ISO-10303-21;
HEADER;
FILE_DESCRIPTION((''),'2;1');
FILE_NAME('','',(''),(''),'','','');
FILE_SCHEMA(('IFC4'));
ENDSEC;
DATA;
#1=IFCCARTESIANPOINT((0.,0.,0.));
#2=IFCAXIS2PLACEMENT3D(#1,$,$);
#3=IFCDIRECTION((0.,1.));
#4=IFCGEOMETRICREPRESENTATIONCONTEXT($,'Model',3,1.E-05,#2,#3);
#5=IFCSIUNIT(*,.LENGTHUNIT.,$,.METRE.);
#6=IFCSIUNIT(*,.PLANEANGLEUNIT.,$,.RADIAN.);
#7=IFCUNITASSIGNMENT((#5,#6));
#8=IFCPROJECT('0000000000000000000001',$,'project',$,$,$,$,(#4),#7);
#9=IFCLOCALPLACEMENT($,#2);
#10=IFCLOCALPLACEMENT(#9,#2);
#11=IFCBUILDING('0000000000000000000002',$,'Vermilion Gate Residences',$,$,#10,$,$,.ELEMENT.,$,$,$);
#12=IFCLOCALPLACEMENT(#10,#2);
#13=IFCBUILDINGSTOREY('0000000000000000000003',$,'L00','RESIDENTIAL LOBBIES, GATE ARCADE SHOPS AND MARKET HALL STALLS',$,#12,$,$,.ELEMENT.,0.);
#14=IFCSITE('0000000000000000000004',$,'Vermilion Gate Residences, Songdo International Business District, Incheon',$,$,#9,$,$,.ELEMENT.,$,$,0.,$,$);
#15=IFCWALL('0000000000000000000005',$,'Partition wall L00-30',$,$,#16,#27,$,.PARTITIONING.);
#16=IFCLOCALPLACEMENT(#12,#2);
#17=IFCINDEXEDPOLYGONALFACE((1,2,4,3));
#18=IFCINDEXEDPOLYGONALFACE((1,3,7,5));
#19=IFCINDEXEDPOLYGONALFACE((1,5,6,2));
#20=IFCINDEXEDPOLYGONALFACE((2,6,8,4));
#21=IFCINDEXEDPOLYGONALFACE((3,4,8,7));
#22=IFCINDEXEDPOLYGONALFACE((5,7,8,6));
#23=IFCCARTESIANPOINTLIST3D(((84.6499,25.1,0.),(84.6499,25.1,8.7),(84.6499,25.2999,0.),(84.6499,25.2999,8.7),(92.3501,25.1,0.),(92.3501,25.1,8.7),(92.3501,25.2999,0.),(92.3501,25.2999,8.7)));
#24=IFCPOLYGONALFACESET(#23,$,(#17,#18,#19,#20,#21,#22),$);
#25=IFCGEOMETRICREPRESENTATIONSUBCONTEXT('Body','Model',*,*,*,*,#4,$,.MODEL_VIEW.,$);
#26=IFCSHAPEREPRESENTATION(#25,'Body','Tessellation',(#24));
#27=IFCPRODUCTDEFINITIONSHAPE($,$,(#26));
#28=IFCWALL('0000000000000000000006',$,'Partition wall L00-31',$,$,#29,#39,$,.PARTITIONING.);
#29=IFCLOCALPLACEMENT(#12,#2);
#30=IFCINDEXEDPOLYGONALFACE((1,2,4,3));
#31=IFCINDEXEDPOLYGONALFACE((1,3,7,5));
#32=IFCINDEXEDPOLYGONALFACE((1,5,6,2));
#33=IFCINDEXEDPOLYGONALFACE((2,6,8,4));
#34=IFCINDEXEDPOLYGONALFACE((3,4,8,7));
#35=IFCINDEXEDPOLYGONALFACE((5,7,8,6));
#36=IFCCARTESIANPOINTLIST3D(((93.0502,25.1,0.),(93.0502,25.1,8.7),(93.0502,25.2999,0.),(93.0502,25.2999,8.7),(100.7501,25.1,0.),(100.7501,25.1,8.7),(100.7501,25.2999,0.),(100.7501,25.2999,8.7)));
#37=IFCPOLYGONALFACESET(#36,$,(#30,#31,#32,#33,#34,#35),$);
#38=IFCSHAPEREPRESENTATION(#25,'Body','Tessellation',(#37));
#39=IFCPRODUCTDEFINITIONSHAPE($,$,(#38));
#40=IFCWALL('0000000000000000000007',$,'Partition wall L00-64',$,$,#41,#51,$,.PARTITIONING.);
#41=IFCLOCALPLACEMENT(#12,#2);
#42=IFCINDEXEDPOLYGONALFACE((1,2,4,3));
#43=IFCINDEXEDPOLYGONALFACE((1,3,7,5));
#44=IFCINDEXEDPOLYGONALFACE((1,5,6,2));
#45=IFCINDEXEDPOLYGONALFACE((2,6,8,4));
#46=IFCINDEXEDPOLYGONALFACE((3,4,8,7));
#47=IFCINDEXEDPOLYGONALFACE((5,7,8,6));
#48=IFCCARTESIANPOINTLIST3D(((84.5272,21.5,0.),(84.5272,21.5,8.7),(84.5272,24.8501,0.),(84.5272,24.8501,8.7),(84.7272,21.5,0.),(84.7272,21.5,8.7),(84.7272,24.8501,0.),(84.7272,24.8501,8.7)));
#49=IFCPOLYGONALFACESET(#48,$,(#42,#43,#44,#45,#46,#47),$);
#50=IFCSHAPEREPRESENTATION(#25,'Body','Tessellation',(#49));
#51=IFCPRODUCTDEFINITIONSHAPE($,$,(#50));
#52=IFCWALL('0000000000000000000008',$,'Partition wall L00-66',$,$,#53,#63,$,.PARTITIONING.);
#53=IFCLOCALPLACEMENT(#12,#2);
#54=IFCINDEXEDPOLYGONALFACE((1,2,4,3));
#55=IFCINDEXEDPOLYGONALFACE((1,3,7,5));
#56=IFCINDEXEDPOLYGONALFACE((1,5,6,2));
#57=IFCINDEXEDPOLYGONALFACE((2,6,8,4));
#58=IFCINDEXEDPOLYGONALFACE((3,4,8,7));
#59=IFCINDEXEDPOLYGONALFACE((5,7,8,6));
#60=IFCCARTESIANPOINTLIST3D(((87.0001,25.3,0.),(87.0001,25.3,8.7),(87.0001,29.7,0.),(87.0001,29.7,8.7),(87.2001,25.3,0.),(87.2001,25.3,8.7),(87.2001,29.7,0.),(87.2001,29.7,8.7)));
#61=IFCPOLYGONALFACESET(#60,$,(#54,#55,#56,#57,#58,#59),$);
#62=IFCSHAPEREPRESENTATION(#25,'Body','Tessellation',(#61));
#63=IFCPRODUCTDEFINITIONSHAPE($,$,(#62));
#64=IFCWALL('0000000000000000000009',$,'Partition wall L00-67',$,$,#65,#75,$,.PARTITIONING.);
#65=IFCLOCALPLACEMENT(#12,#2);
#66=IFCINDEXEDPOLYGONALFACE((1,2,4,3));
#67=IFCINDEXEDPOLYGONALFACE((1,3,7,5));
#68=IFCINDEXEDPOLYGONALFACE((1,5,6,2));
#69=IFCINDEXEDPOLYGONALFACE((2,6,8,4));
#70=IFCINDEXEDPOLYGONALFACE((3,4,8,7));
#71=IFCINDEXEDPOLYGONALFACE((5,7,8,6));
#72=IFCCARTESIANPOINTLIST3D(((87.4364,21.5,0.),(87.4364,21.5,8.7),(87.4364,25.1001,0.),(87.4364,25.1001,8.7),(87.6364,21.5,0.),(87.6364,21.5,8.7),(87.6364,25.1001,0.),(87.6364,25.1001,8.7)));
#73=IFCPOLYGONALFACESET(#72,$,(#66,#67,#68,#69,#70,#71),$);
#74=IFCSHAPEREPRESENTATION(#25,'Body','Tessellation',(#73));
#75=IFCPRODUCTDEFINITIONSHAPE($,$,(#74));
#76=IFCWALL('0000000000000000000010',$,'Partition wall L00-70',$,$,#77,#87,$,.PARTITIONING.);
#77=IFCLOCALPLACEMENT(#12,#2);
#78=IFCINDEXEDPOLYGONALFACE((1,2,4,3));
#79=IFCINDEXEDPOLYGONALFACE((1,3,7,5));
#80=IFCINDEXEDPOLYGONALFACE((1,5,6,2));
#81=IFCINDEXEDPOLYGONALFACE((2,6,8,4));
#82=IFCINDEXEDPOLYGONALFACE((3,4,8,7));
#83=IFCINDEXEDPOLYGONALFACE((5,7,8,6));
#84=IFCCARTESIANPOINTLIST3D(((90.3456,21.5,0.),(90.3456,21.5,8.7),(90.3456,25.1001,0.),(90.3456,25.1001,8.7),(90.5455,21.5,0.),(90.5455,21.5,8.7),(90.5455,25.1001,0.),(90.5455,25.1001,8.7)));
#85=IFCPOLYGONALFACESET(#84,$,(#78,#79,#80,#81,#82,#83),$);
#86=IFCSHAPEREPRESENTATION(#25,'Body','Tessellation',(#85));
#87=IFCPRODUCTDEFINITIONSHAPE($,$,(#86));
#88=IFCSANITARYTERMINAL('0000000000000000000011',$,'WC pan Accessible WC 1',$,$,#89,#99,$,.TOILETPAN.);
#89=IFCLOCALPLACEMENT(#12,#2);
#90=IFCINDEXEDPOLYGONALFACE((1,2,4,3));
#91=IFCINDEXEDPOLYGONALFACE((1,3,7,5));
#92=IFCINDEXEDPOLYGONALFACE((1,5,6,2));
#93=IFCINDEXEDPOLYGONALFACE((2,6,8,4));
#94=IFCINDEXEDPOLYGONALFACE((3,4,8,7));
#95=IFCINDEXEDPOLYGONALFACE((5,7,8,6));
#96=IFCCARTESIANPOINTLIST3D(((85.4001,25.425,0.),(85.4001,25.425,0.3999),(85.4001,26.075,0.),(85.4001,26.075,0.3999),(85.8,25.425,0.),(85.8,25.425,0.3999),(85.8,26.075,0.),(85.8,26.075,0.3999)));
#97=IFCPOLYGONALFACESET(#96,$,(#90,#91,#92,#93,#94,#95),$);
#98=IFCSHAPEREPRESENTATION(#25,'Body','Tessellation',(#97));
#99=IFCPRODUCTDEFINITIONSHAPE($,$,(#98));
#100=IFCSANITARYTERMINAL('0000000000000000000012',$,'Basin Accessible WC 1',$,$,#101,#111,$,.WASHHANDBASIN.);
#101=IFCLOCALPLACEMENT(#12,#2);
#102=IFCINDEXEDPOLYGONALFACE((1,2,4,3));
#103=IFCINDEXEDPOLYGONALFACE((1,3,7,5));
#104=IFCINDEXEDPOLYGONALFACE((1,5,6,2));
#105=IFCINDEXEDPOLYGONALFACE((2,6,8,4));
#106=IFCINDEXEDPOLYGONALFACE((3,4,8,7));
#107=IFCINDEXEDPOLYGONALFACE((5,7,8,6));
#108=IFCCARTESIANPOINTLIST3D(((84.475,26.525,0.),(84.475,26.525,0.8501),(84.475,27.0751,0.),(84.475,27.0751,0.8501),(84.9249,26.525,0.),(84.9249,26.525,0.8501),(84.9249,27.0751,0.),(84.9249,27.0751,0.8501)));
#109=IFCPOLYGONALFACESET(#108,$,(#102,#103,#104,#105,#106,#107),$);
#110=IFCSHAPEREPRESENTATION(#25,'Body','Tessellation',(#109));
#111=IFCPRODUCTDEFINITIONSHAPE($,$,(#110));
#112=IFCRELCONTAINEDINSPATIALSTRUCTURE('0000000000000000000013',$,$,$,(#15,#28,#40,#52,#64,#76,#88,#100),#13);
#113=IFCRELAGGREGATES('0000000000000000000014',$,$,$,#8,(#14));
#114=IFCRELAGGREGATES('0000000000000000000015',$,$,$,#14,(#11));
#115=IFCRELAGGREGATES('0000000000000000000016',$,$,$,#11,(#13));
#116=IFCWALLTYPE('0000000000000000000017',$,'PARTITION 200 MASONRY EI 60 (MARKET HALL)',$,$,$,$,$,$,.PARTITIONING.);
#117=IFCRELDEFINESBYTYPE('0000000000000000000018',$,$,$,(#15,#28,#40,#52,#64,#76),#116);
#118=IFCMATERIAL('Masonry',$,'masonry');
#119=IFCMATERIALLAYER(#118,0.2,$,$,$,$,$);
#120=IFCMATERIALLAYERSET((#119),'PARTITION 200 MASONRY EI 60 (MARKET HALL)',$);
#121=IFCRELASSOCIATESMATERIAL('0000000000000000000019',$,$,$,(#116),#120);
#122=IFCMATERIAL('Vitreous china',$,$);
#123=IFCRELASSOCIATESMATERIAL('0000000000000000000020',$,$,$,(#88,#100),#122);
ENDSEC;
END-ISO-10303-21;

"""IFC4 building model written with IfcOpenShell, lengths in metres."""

from ifc_helpers import new_model, si_unit, direction, frame, frame_2d, origin, origin_2d, place, context, subcontext, project, spatial, rectangle, extrude, material, layer, layer_set, type_object, element, save


model = new_model("IFC4")

# Units and contexts
model_context = context("Model", 3, precision=1e-05, world=origin(), true_north=direction((0.0, 1.0)))
body_context = subcontext(model_context, "Body", "Model", "MODEL_VIEW")
ifc_project = project(units=[si_unit("LENGTHUNIT", "METRE"), si_unit("PLANEANGLEUNIT", "RADIAN")], contexts=[model_context])

# Site, building, storey
site_placement = place(None, origin())
site = spatial("IfcSite", under=ifc_project, at=site_placement, Name="Vermilion Gate Residences, Songdo International Business District, Incheon", CompositionType="ELEMENT", RefElevation=0.0)
building_placement = place(site_placement, origin())
building = spatial("IfcBuilding", under=site, at=building_placement, Name="Vermilion Gate Residences", CompositionType="ELEMENT")
storey_placement = place(building_placement, origin())
storey = spatial("IfcBuildingStorey", under=building, at=storey_placement, Name="L00", Description="RESIDENTIAL LOBBIES, GATE ARCADE SHOPS AND MARKET HALL STALLS", CompositionType="ELEMENT", Elevation=0.0)

# Walls
ifc_material_1 = material(Name="Masonry", Category="masonry")
ifc_layer_1 = layer(ifc_material_1, 0.2)
ifc_layer_set_1 = layer_set([ifc_layer_1], Name="PARTITION 200 MASONRY EI 60 (MARKET HALL)")
wall_type = type_object("IfcWallType", Name="PARTITION 200 MASONRY EI 60 (MARKET HALL)", PredefinedType="PARTITIONING", material=ifc_layer_set_1)
wall_1_placement = place(storey_placement, frame((84.6499, 25.2, 0.0), z_axis=(0.0, 0.0, 1.0), x_axis=(1.0, 0.0, 0.0)))
element("IfcWall", 1, at=wall_1_placement, inside=storey, type_object=wall_type, Name="Partition wall L00-30", PredefinedType="PARTITIONING", context=body_context, shape_type="SweptSolid", body=[
    extrude(rectangle(XDim=7.7002, YDim=0.2, at=frame_2d((3.8501, 0.0))), origin(), (0.0, 0.0, 1.0), 8.7),
])
wall_2_placement = place(storey_placement, frame((93.05, 25.2, 0.0), z_axis=(0.0, 0.0, 1.0), x_axis=(1.0, 0.0, 0.0)))
element("IfcWall", 2, at=wall_2_placement, inside=storey, type_object=wall_type, Name="Partition wall L00-31", PredefinedType="PARTITIONING", context=body_context, shape_type="SweptSolid", body=[
    extrude(rectangle(XDim=7.7, YDim=0.2, at=frame_2d((3.8501, 0.0))), origin(), (0.0, 0.0, 1.0), 8.7),
])
wall_3_placement = place(storey_placement, frame((84.6272, 21.5, 0.0), z_axis=(0.0, 0.0, 1.0), x_axis=(0.0, 1.0, 0.0)))
element("IfcWall", 3, at=wall_3_placement, inside=storey, type_object=wall_type, Name="Partition wall L00-64", PredefinedType="PARTITIONING", context=body_context, shape_type="SweptSolid", body=[
    extrude(rectangle(XDim=3.3501, YDim=0.2, at=frame_2d((1.675, 0.0))), origin(), (0.0, 0.0, 1.0), 8.7),
])
wall_4_placement = place(storey_placement, frame((87.1001, 25.3, 0.0), z_axis=(0.0, 0.0, 1.0), x_axis=(0.0, 1.0, 0.0)))
element("IfcWall", 4, at=wall_4_placement, inside=storey, type_object=wall_type, Name="Partition wall L00-66", PredefinedType="PARTITIONING", context=body_context, shape_type="SweptSolid", body=[
    extrude(rectangle(XDim=4.3999, YDim=0.2, at=frame_2d((2.2, 0.0))), origin(), (0.0, 0.0, 1.0), 8.7),
])
for number, where, z_axis, x_axis, name in (
    (5, (87.5364, 21.5, 0.0), (0.0, 0.0, 1.0), (0.0, 1.0, 0.0), "Partition wall L00-67"),
    (6, (90.4456, 21.5, 0.0), (0.0, 0.0, 1.0), (0.0, 1.0, 0.0), "Partition wall L00-70"),
):
    element("IfcWall", number, at=place(storey_placement, frame(where, z_axis=z_axis, x_axis=x_axis)), inside=storey, type_object=wall_type, Name=name, PredefinedType="PARTITIONING", context=body_context, shape_type="SweptSolid", body=[
        extrude(rectangle(XDim=3.6001, YDim=0.2, at=frame_2d((1.8, 0.0))), origin(), (0.0, 0.0, 1.0), 8.7),
    ])

# Sanitary terminals
ifc_material_2 = material(Name="Vitreous china")
sanitary_terminal_1_placement = place(storey_placement, frame((85.6001, 25.75, 0.0), z_axis=(0.0, 0.0, 1.0), x_axis=(1.0, 0.0, 0.0)))
element("IfcSanitaryTerminal", 7, at=sanitary_terminal_1_placement, inside=storey, material=ifc_material_2, Name="WC pan Accessible WC 1", PredefinedType="TOILETPAN", context=body_context, shape_type="SweptSolid", body=[
    extrude(rectangle(XDim=0.3999, YDim=0.6499, at=origin_2d()), origin(), (0.0, 0.0, 1.0), 0.3999),
])
sanitary_terminal_2_placement = place(storey_placement, frame((84.7, 26.8, 0.0), z_axis=(0.0, 0.0, 1.0), x_axis=(1.0, 0.0, 0.0)))
element("IfcSanitaryTerminal", 8, at=sanitary_terminal_2_placement, inside=storey, material=ifc_material_2, Name="Basin Accessible WC 1", PredefinedType="WASHHANDBASIN", context=body_context, shape_type="SweptSolid", body=[
    extrude(rectangle(XDim=0.45, YDim=0.55, at=origin_2d()), origin(), (0.0, 0.0, 1.0), 0.8501),
])

save(model, "model.ifc")
